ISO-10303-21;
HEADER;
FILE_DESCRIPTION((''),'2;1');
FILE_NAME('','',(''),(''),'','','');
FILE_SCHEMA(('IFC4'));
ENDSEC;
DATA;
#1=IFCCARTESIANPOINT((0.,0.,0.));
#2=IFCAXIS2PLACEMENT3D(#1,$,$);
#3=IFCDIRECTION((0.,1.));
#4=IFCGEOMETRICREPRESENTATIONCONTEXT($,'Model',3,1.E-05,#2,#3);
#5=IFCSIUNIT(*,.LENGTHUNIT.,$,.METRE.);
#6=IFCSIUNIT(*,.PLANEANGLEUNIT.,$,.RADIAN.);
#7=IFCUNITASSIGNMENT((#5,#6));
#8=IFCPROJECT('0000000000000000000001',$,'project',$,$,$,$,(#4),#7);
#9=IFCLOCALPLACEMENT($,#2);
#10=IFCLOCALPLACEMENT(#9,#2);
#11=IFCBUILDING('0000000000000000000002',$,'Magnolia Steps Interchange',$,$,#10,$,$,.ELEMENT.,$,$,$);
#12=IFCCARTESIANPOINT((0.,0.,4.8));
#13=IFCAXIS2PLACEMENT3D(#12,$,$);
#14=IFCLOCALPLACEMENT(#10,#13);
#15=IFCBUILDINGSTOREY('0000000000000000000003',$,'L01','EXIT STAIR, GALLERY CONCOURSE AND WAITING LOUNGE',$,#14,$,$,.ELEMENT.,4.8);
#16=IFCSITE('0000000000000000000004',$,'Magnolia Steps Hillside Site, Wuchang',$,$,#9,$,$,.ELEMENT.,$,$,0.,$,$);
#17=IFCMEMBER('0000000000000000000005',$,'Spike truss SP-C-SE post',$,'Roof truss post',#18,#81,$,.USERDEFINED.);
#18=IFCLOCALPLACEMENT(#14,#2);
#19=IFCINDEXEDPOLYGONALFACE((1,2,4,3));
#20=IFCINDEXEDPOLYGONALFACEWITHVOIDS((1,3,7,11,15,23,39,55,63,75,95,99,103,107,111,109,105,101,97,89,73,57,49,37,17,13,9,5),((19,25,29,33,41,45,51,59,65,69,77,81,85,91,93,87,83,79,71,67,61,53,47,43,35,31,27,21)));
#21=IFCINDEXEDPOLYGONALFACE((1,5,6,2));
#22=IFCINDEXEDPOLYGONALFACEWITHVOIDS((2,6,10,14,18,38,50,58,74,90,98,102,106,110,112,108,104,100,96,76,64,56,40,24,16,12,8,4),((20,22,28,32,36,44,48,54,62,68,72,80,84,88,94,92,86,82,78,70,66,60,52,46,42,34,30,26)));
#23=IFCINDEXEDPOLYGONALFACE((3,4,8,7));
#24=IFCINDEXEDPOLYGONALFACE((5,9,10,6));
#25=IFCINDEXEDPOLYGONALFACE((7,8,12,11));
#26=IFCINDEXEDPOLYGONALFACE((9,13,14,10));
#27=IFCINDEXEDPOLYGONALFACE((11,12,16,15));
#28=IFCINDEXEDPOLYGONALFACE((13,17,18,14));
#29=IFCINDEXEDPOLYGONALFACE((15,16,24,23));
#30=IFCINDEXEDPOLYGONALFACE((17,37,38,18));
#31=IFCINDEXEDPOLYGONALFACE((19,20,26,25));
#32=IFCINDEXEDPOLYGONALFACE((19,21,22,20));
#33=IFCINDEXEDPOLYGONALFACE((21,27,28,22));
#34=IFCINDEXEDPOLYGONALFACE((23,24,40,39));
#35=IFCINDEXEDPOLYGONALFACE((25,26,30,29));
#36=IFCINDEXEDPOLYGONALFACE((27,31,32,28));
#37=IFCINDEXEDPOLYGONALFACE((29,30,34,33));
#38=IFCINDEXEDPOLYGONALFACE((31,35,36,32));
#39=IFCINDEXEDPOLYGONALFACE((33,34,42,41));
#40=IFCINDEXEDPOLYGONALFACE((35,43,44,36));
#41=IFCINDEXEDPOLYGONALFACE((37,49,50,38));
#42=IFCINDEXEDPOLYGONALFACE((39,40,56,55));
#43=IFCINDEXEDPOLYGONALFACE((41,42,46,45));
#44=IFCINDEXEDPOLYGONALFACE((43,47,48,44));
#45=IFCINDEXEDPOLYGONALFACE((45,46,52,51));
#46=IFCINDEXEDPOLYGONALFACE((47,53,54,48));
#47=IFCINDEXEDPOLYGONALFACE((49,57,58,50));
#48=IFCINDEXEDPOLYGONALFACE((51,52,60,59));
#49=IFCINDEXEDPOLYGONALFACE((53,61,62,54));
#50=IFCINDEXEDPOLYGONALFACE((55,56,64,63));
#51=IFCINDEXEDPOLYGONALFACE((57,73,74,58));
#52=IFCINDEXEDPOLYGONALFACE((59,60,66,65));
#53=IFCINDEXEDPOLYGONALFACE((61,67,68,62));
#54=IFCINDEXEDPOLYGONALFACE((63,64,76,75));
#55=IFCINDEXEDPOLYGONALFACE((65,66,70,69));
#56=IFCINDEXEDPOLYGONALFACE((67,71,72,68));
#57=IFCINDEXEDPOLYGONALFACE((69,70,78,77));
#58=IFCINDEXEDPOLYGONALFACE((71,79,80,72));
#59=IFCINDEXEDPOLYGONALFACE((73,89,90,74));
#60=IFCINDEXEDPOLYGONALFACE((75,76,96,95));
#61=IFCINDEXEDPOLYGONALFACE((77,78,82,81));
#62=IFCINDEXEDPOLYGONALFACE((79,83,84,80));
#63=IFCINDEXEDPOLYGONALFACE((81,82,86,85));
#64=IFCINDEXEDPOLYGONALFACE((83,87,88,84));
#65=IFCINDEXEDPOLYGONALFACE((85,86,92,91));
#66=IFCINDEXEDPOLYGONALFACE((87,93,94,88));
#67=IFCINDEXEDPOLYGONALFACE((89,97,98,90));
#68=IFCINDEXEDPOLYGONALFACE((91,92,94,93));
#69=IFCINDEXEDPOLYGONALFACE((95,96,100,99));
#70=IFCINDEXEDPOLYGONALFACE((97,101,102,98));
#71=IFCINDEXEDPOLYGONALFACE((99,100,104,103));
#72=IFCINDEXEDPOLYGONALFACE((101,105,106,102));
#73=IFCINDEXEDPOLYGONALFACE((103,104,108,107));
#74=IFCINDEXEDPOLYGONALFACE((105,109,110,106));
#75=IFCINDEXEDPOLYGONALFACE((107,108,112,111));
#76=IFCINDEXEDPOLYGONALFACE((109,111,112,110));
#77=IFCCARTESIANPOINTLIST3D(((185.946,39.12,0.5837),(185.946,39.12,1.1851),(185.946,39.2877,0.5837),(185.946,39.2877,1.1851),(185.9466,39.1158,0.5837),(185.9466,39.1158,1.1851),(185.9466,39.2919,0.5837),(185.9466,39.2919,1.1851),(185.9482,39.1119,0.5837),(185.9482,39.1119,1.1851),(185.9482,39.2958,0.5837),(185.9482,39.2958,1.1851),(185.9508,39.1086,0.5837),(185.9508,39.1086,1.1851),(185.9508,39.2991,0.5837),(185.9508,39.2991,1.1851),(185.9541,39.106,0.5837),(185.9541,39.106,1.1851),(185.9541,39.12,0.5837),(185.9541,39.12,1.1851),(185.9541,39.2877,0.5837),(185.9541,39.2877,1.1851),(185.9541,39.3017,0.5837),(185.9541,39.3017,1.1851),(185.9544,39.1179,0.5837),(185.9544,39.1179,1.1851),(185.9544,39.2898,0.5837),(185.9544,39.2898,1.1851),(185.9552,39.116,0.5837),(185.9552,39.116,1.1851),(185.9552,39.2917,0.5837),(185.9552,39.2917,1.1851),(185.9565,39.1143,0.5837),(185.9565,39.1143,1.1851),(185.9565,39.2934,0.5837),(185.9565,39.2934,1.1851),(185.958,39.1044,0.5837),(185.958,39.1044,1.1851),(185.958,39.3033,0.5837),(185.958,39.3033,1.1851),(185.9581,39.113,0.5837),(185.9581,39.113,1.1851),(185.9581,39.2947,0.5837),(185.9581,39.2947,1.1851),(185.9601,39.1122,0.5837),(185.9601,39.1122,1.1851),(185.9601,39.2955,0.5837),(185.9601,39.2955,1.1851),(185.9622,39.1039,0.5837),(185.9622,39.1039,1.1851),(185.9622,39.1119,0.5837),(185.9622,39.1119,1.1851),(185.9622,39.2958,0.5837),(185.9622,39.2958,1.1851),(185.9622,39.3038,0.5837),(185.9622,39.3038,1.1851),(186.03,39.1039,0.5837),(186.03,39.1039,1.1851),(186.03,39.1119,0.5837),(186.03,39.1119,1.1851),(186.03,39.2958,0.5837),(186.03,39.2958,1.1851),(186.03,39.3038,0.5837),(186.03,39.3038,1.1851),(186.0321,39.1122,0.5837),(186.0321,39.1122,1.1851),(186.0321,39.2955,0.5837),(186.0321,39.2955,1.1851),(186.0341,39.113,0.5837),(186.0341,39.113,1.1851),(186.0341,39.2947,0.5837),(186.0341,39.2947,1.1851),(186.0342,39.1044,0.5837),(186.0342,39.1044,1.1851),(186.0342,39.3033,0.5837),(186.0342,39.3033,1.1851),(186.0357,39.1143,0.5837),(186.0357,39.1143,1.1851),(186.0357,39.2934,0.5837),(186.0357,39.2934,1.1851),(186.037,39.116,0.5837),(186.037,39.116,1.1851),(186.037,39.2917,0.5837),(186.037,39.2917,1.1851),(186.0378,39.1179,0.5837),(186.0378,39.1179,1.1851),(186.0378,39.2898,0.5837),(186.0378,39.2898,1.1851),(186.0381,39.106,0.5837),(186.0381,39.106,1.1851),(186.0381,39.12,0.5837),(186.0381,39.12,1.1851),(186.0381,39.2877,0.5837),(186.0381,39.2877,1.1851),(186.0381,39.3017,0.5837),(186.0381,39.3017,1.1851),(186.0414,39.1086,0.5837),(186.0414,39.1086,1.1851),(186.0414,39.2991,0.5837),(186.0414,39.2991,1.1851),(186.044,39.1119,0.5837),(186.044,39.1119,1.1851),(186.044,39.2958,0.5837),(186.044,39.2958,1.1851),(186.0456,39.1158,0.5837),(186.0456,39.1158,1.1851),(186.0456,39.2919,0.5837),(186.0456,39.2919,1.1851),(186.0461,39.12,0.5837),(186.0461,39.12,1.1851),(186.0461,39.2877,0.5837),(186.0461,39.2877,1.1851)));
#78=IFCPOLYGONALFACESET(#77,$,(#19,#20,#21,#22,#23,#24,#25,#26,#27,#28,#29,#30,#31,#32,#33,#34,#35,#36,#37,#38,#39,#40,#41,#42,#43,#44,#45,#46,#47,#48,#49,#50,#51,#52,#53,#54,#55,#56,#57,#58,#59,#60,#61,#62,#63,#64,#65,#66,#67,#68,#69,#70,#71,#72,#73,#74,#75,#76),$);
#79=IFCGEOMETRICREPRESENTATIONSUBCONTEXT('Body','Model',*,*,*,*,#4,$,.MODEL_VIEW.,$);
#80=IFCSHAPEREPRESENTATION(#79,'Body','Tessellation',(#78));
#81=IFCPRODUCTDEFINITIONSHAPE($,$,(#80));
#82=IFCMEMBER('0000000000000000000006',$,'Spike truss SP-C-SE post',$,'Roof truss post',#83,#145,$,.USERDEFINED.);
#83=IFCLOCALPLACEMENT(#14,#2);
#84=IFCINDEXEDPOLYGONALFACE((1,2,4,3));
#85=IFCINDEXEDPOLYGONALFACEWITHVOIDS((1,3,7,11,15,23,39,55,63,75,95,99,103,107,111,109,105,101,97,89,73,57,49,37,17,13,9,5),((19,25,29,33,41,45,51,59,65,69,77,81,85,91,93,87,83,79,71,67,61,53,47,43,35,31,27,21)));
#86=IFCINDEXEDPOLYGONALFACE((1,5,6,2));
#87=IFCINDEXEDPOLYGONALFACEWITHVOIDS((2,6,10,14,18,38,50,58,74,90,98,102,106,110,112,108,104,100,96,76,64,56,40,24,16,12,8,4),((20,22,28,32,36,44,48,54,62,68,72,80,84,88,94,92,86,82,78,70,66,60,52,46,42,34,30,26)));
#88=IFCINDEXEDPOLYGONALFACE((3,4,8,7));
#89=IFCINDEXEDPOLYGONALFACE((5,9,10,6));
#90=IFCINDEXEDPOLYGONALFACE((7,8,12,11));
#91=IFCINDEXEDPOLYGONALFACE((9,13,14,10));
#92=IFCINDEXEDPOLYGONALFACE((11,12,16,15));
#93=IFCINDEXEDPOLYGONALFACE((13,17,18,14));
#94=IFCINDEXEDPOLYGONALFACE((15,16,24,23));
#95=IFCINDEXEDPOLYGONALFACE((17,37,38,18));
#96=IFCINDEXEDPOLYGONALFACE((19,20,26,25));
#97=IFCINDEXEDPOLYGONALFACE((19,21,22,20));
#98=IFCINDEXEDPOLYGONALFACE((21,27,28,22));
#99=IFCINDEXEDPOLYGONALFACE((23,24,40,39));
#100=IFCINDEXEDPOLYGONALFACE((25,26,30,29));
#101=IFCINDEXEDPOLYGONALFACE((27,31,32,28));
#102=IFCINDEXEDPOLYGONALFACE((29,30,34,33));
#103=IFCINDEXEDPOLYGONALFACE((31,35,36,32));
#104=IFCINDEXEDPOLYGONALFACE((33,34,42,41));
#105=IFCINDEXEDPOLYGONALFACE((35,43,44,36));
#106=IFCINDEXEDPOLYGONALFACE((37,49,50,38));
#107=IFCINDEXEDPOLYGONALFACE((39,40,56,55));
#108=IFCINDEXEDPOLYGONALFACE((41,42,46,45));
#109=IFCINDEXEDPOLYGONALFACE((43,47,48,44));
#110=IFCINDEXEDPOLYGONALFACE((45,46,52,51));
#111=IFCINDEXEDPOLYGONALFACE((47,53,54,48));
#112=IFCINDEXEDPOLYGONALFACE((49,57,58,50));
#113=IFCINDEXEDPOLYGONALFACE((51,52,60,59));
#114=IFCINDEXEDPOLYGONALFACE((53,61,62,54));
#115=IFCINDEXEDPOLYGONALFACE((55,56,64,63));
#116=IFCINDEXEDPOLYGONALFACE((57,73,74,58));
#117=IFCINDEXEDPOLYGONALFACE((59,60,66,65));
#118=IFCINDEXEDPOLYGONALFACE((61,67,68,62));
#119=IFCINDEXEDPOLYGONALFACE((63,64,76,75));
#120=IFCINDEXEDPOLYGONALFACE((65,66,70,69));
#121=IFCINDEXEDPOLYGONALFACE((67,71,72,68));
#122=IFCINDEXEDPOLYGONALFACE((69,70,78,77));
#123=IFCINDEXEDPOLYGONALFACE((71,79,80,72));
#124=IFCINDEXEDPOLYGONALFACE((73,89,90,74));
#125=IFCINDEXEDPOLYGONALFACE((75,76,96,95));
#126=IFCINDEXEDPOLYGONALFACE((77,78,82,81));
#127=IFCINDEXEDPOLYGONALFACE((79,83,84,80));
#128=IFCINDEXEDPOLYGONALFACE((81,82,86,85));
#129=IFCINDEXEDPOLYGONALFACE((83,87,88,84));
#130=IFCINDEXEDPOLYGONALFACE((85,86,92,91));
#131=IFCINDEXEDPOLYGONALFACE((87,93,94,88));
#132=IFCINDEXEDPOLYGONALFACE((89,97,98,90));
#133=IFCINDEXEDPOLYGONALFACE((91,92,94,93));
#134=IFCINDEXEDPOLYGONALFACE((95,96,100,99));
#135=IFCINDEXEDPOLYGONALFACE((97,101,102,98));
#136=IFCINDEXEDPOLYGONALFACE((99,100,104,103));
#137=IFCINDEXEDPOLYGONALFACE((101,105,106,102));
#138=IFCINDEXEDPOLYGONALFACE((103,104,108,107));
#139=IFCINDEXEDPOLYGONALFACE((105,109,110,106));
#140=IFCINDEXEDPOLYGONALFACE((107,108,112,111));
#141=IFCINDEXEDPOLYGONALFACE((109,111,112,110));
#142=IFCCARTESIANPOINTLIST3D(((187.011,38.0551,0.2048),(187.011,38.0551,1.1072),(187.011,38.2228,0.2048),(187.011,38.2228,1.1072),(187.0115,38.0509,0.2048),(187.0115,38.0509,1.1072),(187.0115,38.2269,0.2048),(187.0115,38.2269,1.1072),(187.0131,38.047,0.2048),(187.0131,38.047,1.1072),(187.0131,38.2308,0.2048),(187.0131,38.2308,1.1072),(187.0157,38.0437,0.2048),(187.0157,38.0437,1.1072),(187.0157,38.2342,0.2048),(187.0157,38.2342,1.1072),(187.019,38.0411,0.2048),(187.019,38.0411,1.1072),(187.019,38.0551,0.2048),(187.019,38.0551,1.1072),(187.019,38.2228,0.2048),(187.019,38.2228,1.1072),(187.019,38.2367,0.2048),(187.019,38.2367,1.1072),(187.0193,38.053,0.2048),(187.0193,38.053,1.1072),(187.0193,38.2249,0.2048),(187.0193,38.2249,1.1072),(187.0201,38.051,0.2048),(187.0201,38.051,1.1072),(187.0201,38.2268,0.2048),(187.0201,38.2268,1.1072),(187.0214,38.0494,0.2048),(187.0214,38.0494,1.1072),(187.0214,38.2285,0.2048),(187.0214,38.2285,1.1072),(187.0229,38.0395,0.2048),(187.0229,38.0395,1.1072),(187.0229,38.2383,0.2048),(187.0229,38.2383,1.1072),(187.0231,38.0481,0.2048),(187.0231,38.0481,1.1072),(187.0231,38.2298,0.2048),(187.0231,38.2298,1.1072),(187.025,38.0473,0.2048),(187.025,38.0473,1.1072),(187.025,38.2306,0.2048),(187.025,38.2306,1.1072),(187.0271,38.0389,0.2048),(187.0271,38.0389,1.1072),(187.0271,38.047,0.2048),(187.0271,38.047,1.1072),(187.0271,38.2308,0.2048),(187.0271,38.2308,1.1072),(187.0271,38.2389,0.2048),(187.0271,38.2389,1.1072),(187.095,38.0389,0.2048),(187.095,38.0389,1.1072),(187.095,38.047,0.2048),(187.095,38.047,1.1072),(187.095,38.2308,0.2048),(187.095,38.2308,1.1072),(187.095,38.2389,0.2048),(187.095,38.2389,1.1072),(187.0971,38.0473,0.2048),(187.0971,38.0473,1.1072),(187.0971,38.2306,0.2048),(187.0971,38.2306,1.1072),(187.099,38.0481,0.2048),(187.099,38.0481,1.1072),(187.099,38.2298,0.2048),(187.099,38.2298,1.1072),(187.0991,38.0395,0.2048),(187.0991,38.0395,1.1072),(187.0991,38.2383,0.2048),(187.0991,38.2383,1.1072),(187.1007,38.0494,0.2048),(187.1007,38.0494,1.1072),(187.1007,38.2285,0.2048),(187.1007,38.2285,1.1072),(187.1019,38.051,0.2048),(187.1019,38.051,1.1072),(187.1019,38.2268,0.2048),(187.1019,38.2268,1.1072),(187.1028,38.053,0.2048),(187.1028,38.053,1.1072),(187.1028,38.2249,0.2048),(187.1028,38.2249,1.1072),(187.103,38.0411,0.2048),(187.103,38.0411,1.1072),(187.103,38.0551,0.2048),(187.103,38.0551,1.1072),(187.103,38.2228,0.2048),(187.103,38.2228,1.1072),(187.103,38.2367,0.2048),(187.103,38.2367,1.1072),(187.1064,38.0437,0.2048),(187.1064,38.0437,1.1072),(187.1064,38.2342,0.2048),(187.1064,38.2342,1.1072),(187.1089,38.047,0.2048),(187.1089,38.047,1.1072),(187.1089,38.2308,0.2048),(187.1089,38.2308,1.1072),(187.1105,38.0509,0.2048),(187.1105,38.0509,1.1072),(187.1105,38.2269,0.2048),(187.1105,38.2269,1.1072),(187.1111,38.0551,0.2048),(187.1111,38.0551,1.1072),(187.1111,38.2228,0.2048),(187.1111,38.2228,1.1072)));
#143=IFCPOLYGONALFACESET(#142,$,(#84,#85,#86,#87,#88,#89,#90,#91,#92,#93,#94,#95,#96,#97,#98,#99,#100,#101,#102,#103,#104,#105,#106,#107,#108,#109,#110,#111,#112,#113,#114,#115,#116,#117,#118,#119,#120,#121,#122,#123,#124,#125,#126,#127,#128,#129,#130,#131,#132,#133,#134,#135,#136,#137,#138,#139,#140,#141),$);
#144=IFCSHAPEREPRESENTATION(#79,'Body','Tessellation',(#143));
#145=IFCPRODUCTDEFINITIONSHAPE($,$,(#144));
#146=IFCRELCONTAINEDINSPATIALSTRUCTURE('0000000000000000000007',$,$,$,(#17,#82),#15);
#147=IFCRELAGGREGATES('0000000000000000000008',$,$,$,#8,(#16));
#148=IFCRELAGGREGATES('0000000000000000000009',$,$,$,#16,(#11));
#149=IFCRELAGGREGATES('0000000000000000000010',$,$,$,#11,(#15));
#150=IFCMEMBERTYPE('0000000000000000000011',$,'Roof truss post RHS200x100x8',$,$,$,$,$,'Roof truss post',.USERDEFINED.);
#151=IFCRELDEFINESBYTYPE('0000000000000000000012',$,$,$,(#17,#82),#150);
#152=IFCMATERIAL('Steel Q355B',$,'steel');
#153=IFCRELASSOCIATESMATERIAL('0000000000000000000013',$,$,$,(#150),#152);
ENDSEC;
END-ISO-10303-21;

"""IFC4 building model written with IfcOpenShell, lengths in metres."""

from ifc_helpers import new_model, si_unit, direction, frame, origin, origin_2d, place, context, subcontext, project, spatial, hollow_rectangle, extrude, material, material_profile, profile_set, type_object, element, save


model = new_model("IFC4")

# Units and contexts
model_context = context("Model", 3, precision=1e-05, world=origin(), true_north=direction((0.0, 1.0)))
body_context = subcontext(model_context, "Body", "Model", "MODEL_VIEW")
ifc_project = project(units=[si_unit("LENGTHUNIT", "METRE"), si_unit("PLANEANGLEUNIT", "RADIAN")], contexts=[model_context])

# Site, building, storey
site_placement = place(None, origin())
site = spatial("IfcSite", under=ifc_project, at=site_placement, Name="Magnolia Steps Hillside Site, Wuchang", CompositionType="ELEMENT", RefElevation=0.0)
building_placement = place(site_placement, origin())
building = spatial("IfcBuilding", under=site, at=building_placement, Name="Magnolia Steps Interchange", CompositionType="ELEMENT")
storey_placement = place(building_placement, frame((0.0, 0.0, 4.8)))
storey = spatial("IfcBuildingStorey", under=building, at=storey_placement, Name="L01", Description="EXIT STAIR, GALLERY CONCOURSE AND WAITING LOUNGE", CompositionType="ELEMENT", Elevation=4.8)

# Members
ifc_material_1 = material(Name="Steel Q355B", Category="steel")
ifc_material_profile_1 = material_profile(ifc_material_1, hollow_rectangle(XDim=0.1001, YDim=0.2, WallThickness=0.0081, InnerFilletRadius=0.0081, OuterFilletRadius=0.0161, at=origin_2d()), Name="RHS200x100x8")
ifc_profile_set_1 = profile_set([ifc_material_profile_1], Name="Steel Q355B")
member_type_1 = type_object("IfcMemberType", Name="Roof truss post RHS200x100x8", ElementType="Roof truss post", PredefinedType="USERDEFINED", material=ifc_profile_set_1)
member_1_placement = place(storey_placement, frame((185.9961, 39.2039, 0.5837), z_axis=(0.0, 0.0, 1.0), x_axis=(1.0, 0.0, 0.0)))
element("IfcMember", 1, at=member_1_placement, inside=storey, type_object=member_type_1, Name="Spike truss SP-C-SE post", ObjectType="Roof truss post", PredefinedType="USERDEFINED", context=body_context, shape_type="SweptSolid", body=[
    extrude(hollow_rectangle(XDim=0.1001, YDim=0.2, WallThickness=0.0081, InnerFilletRadius=0.0081, OuterFilletRadius=0.0161, at=origin_2d()), origin(), (0.0, 0.0, 1.0), 0.6013),
])
member_2_placement = place(storey_placement, frame((187.061, 38.1389, 0.2048), z_axis=(0.0, 0.0, 1.0), x_axis=(1.0, 0.0, 0.0)))
element("IfcMember", 2, at=member_2_placement, inside=storey, type_object=member_type_1, Name="Spike truss SP-C-SE post", ObjectType="Roof truss post", PredefinedType="USERDEFINED", context=body_context, shape_type="SweptSolid", body=[
    extrude(hollow_rectangle(XDim=0.1001, YDim=0.2, WallThickness=0.0081, InnerFilletRadius=0.0081, OuterFilletRadius=0.0161, at=origin_2d()), origin(), (0.0, 0.0, 1.0), 0.9023),
])

save(model, "model.ifc")
